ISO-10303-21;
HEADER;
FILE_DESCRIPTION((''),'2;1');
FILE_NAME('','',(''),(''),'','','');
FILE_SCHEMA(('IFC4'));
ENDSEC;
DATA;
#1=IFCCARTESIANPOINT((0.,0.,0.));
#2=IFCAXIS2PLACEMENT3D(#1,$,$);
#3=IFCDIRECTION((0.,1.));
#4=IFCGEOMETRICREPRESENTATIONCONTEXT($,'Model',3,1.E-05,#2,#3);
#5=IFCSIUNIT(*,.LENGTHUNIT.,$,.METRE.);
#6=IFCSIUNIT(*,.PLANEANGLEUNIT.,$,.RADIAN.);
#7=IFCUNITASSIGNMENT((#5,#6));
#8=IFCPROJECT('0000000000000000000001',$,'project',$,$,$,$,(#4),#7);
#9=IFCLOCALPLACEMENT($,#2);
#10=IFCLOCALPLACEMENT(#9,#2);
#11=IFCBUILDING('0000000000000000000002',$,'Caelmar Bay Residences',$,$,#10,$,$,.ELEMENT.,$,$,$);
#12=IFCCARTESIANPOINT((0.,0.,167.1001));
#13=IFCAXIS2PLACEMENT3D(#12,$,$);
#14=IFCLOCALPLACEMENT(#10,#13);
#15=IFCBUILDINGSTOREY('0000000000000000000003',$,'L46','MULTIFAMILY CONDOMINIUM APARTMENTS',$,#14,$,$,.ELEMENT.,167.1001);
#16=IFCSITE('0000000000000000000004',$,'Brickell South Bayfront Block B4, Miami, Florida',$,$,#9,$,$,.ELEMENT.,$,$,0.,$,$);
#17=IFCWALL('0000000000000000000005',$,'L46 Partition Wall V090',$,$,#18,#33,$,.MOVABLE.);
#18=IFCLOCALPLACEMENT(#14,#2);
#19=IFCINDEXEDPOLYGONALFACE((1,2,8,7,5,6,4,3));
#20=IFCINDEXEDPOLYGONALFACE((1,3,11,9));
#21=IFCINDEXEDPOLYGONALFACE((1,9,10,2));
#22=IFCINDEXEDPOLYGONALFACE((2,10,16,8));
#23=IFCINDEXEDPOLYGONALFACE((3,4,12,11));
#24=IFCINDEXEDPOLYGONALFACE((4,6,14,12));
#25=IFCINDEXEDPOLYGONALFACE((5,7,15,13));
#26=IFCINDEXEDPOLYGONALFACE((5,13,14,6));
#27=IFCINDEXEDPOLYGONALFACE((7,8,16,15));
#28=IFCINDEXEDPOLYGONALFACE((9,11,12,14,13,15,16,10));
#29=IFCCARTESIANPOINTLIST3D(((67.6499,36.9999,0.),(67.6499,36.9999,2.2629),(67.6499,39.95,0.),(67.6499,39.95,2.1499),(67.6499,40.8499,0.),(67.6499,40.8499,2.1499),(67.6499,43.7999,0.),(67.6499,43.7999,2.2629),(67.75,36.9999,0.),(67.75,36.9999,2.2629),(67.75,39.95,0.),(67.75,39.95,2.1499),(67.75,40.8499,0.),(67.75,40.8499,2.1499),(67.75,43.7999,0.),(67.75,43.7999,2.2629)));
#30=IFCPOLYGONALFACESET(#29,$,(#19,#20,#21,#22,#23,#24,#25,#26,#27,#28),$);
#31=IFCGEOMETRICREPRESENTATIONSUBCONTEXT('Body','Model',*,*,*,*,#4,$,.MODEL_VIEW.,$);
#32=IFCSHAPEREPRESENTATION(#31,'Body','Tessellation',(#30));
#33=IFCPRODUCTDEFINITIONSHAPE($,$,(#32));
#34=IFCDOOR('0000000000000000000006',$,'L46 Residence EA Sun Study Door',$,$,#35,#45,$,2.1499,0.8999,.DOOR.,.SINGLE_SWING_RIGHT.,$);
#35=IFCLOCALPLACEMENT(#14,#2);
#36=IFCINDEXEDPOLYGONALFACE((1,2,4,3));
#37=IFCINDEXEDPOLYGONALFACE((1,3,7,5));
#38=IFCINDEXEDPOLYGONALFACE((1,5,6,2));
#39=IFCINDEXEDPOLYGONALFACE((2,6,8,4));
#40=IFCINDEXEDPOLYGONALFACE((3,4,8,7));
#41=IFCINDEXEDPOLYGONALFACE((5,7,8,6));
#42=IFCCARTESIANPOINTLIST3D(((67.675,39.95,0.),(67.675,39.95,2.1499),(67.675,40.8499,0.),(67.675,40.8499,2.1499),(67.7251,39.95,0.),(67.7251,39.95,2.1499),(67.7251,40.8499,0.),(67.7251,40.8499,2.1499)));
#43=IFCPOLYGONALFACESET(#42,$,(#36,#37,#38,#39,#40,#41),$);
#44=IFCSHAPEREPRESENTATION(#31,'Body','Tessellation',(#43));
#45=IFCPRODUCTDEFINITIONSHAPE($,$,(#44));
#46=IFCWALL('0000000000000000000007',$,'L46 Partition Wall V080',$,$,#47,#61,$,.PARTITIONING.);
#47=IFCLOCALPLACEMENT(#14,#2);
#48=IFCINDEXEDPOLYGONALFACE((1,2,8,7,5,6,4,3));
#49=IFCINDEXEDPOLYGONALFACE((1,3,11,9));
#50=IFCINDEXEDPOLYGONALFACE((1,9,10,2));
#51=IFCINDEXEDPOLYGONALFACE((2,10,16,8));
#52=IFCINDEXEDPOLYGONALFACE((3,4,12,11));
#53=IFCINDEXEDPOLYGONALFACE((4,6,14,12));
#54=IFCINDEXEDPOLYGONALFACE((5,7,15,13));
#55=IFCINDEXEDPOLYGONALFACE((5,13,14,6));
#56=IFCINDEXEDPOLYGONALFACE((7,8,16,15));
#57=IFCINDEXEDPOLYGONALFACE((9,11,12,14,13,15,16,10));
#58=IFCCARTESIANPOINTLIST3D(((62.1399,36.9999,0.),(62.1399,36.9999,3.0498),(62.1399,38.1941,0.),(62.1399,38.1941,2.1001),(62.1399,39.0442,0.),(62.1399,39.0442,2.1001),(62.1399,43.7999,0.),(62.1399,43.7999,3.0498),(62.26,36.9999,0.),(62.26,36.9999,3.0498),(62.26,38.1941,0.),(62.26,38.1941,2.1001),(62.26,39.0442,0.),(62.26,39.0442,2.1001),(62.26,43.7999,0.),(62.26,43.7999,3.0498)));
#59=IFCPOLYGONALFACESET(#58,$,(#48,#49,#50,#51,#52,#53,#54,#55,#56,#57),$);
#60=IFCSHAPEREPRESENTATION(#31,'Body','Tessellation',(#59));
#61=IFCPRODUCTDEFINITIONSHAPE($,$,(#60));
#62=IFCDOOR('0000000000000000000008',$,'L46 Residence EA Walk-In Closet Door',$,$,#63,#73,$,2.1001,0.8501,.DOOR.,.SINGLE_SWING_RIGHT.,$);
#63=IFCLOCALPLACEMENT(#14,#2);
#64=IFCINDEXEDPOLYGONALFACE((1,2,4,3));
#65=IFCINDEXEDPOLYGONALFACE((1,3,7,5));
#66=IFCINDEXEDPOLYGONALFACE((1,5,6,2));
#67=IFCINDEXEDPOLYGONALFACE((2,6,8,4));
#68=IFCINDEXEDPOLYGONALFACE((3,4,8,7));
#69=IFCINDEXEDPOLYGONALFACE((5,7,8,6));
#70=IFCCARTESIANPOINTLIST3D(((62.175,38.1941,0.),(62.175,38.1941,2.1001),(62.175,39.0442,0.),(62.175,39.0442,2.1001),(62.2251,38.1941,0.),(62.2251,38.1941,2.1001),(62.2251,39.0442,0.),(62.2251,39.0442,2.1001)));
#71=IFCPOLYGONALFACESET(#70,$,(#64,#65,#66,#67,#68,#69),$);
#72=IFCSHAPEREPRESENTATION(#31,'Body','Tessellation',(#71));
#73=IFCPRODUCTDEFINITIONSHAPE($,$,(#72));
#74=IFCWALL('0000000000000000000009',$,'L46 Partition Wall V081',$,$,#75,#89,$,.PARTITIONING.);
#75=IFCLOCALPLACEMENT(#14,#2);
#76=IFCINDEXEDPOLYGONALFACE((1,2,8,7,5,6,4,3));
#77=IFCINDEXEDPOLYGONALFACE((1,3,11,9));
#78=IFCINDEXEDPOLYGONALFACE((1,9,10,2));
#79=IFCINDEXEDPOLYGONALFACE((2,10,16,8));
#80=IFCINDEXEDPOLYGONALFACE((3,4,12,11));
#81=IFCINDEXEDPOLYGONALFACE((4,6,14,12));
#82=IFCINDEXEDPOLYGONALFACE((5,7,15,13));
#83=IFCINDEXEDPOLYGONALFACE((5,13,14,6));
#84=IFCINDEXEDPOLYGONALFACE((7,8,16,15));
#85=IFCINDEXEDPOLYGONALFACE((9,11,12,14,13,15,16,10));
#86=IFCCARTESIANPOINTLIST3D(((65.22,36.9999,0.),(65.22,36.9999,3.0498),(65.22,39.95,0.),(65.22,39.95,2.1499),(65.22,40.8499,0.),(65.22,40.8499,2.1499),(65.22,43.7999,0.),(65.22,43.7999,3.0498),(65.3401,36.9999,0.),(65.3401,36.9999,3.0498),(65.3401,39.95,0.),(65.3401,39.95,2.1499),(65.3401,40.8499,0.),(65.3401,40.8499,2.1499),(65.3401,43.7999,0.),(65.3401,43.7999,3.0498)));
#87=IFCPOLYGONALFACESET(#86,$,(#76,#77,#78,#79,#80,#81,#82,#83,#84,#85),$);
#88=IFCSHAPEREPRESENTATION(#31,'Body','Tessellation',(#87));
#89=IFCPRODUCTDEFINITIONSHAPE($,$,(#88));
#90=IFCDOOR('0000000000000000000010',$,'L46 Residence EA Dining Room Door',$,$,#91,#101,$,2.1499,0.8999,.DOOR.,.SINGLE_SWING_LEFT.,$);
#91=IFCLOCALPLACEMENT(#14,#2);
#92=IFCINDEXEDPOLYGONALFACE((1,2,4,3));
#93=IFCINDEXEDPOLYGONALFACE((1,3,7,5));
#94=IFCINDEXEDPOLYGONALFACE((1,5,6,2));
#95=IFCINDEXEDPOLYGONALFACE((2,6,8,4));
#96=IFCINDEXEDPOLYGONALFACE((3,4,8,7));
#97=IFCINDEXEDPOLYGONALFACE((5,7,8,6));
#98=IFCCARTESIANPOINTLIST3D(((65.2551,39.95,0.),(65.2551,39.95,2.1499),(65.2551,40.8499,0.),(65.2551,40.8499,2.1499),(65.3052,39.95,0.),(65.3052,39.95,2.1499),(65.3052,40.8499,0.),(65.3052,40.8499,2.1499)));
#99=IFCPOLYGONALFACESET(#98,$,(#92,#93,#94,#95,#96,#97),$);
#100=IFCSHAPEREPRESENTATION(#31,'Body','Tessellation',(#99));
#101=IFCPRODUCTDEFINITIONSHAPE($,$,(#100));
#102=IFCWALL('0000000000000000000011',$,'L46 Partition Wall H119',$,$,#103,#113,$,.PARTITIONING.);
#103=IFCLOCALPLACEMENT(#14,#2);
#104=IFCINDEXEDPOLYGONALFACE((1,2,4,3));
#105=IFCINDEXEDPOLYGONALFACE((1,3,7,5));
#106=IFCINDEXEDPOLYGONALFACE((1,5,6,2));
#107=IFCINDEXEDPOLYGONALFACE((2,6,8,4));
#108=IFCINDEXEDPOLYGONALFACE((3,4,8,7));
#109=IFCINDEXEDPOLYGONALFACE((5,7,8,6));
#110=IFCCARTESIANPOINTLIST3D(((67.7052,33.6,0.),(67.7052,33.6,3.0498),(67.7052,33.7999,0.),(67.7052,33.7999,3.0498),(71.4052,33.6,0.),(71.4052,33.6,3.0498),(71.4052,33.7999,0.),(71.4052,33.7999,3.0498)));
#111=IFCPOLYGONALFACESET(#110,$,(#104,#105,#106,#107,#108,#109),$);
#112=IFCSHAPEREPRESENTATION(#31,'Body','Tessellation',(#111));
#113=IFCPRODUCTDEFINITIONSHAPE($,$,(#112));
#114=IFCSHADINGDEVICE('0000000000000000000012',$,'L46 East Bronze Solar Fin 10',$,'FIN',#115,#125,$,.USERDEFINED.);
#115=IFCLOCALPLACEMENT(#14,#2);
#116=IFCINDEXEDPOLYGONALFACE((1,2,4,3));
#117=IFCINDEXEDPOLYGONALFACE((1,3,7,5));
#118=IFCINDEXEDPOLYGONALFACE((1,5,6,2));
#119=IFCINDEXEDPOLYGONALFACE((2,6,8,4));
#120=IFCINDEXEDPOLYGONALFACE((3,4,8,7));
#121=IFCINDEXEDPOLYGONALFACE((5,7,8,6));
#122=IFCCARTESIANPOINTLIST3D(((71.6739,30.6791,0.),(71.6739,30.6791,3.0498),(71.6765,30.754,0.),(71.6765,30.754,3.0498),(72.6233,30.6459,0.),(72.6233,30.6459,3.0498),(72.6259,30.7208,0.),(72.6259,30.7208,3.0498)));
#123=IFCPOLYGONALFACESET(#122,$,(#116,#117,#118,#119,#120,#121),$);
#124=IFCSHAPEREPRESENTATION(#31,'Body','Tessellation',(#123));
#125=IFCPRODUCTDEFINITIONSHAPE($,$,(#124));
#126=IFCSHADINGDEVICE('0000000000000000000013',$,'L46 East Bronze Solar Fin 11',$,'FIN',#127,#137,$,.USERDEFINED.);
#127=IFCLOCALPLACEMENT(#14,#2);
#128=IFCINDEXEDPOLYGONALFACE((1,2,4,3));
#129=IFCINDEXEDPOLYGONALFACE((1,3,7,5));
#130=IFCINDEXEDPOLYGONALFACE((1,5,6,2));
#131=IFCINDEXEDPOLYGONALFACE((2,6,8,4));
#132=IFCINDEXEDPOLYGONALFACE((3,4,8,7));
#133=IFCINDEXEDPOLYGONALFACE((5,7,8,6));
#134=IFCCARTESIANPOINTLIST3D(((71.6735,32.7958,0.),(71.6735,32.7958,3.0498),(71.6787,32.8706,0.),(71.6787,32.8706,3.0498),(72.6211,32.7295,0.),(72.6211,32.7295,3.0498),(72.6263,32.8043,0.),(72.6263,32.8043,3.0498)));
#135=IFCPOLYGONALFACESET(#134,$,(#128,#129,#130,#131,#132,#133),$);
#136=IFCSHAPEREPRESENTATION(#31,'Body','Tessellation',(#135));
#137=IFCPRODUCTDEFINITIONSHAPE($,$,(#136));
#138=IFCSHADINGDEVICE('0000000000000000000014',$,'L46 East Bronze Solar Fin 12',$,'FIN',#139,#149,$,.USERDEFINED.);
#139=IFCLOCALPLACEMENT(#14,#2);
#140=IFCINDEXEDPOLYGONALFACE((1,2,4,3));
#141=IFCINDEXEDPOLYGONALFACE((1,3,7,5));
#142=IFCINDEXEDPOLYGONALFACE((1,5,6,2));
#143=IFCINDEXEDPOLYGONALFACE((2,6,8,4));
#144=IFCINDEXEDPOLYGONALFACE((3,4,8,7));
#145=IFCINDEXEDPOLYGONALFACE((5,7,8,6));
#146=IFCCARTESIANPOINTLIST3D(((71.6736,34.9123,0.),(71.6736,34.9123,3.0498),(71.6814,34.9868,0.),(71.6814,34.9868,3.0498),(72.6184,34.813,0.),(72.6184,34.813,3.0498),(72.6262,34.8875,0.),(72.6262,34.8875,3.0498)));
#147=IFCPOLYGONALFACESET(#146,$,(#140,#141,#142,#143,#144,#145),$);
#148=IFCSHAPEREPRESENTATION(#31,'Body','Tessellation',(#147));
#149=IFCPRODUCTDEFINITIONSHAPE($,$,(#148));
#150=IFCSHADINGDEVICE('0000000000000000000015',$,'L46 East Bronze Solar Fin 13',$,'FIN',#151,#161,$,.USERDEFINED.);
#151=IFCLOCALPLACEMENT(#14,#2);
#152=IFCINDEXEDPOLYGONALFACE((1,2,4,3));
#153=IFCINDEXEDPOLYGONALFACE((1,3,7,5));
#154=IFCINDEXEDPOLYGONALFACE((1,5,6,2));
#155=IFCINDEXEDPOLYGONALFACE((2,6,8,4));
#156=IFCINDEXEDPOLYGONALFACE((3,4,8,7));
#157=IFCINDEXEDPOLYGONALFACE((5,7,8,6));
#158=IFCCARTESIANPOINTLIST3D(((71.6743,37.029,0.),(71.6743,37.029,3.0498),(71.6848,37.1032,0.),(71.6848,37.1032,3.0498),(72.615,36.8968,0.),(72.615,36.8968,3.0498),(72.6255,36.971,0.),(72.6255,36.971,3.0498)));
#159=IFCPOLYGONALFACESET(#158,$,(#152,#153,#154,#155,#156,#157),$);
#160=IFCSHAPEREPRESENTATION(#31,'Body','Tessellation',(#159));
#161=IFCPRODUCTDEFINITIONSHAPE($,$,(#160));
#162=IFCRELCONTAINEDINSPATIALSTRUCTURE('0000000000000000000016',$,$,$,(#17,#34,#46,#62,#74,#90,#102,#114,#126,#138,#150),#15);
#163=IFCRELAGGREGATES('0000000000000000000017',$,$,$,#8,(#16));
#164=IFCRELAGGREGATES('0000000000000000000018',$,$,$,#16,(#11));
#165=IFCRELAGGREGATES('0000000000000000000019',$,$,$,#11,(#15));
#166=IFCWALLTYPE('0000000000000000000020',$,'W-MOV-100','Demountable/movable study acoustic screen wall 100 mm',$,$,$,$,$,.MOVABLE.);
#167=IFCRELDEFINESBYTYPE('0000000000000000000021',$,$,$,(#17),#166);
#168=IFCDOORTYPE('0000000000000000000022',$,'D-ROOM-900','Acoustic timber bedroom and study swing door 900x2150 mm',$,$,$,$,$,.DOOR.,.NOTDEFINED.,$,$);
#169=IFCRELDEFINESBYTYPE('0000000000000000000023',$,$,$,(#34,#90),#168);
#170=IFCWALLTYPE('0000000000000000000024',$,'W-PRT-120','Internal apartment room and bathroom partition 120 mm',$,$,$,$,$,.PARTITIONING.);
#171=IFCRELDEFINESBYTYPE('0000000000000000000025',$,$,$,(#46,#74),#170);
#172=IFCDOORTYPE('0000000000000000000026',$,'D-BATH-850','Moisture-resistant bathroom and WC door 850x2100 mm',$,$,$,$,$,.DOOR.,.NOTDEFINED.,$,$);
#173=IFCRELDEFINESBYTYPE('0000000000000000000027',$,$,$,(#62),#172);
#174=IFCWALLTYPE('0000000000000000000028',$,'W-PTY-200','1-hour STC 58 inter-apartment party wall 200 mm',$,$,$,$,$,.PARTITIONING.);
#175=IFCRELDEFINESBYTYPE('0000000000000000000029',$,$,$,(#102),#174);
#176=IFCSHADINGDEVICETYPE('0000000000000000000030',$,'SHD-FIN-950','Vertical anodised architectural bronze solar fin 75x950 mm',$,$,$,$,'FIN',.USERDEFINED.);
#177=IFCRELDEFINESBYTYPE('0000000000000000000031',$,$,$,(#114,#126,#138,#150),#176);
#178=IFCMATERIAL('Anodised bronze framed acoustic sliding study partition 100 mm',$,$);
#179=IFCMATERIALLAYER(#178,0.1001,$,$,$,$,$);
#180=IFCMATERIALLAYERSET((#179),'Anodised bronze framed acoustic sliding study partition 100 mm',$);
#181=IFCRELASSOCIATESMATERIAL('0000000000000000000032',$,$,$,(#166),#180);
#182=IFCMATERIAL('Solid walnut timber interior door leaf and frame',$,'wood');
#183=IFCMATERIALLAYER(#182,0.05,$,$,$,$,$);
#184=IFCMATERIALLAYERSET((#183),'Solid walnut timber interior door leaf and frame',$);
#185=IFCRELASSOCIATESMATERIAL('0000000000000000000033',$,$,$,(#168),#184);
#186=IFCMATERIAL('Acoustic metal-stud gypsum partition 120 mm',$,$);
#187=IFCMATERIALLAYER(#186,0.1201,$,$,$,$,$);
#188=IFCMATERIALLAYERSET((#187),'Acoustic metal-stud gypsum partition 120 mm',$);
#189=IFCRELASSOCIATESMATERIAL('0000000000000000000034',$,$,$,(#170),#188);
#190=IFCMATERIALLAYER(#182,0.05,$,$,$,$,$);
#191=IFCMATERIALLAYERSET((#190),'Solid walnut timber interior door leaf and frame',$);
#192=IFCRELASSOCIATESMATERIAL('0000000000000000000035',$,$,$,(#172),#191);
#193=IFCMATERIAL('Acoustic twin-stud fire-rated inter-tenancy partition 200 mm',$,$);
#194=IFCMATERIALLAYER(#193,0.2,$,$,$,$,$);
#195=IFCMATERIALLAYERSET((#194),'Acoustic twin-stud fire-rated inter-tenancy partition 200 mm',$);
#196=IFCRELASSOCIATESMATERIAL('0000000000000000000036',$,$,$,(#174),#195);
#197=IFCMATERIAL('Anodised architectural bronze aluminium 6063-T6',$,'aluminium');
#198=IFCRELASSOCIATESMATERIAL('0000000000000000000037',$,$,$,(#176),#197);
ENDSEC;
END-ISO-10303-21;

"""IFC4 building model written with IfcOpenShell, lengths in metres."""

from ifc_helpers import new_model, si_unit, direction, frame, frame_2d, origin, origin_2d, place, context, subcontext, project, spatial, rectangle, extrude, material, layer, layer_set, material_profile, profile_set, type_object, element, fill, save


model = new_model("IFC4")

# Units and contexts
model_context = context("Model", 3, precision=1e-05, world=origin(), true_north=direction((0.0, 1.0)))
body_context = subcontext(model_context, "Body", "Model", "MODEL_VIEW")
ifc_project = project(units=[si_unit("LENGTHUNIT", "METRE"), si_unit("PLANEANGLEUNIT", "RADIAN")], contexts=[model_context])

# Site, building, storey
site_placement = place(None, origin())
site = spatial("IfcSite", under=ifc_project, at=site_placement, Name="Brickell South Bayfront Block B4, Miami, Florida", CompositionType="ELEMENT", RefElevation=0.0)
building_placement = place(site_placement, origin())
building = spatial("IfcBuilding", under=site, at=building_placement, Name="Caelmar Bay Residences", CompositionType="ELEMENT")
storey_placement = place(building_placement, frame((0.0, 0.0, 167.1001)))
storey = spatial("IfcBuildingStorey", under=building, at=storey_placement, Name="L46", Description="MULTIFAMILY CONDOMINIUM APARTMENTS", CompositionType="ELEMENT", Elevation=167.1001)

# Walls, openings, doors
ifc_material_1 = material(Name="Anodised bronze framed acoustic sliding study partition 100 mm")
ifc_layer_1 = layer(ifc_material_1, 0.1001)
ifc_layer_set_1 = layer_set([ifc_layer_1], Name="Anodised bronze framed acoustic sliding study partition 100 mm")
wall_type_1 = type_object("IfcWallType", Name="W-MOV-100", Description="Demountable/movable study acoustic screen wall 100 mm", PredefinedType="MOVABLE", material=ifc_layer_set_1)
wall_1_placement = place(storey_placement, frame((67.7, 37.0, 0.0), z_axis=(0.0, 0.0, 1.0), x_axis=(0.0, 1.0, 0.0)))
wall_1 = element("IfcWall", 1, at=wall_1_placement, inside=storey, type_object=wall_type_1, Name="L46 Partition Wall V090", PredefinedType="MOVABLE", context=body_context, shape_type="SweptSolid", body=[
    extrude(rectangle(XDim=6.8, YDim=0.1001, at=frame_2d((3.3999, 0.0))), origin(), (0.0, 0.0, 1.0), 2.2629),
])
opening_1_placement = place(wall_1_placement, frame((2.95, 0.0, 0.0)))
opening_1 = element("IfcOpeningElement", 2, at=opening_1_placement, cuts=wall_1, PredefinedType="OPENING", context=body_context, shape_type="SweptSolid", body=[
    extrude(rectangle(XDim=0.8999, YDim=2.1499, at=frame_2d((0.45, 1.075))), frame((0.0, 0.0601, 0.0), z_axis=(0.0, -1.0, 0.0), x_axis=(1.0, 0.0, 0.0)), (0.0, 0.0, 1.0), 0.1201),
])
ifc_material_2 = material(Name="Solid walnut timber interior door leaf and frame", Category="wood")
ifc_layer_2 = layer(ifc_material_2, 0.05)
ifc_layer_set_2 = layer_set([ifc_layer_2], Name="Solid walnut timber interior door leaf and frame")
door_type_1 = type_object("IfcDoorType", Name="D-ROOM-900", Description="Acoustic timber bedroom and study swing door 900x2150 mm", OperationType="NOTDEFINED", PredefinedType="DOOR", material=ifc_layer_set_2)
door_1_placement = place(opening_1_placement, origin())
door_1 = element("IfcDoor", 3, at=door_1_placement, inside=storey, type_object=door_type_1, Name="L46 Residence EA Sun Study Door", OperationType="SINGLE_SWING_RIGHT", OverallHeight=2.1499, OverallWidth=0.8999, PredefinedType="DOOR", context=body_context, shape_type="SweptSolid", body=[
    extrude(rectangle(XDim=0.8999, YDim=2.1499, at=frame_2d((0.45, 1.075))), frame((0.0, 0.0249, 0.0), z_axis=(0.0, -1.0, 0.0), x_axis=(1.0, 0.0, 0.0)), (0.0, 0.0, 1.0), 0.05),
])
fill(opening_1, door_1)
ifc_material_3 = material(Name="Acoustic metal-stud gypsum partition 120 mm")
ifc_layer_3 = layer(ifc_material_3, 0.1201)
ifc_layer_set_3 = layer_set([ifc_layer_3], Name="Acoustic metal-stud gypsum partition 120 mm")
wall_type_2 = type_object("IfcWallType", Name="W-PRT-120", Description="Internal apartment room and bathroom partition 120 mm", PredefinedType="PARTITIONING", material=ifc_layer_set_3)
wall_2_placement = place(storey_placement, frame((62.2, 37.0, 0.0), z_axis=(0.0, 0.0, 1.0), x_axis=(0.0, 1.0, 0.0)))
wall_2 = element("IfcWall", 4, at=wall_2_placement, inside=storey, type_object=wall_type_2, Name="L46 Partition Wall V080", PredefinedType="PARTITIONING", context=body_context, shape_type="SweptSolid", body=[
    extrude(rectangle(XDim=6.8, YDim=0.1201, at=frame_2d((3.3999, 0.0))), origin(), (0.0, 0.0, 1.0), 3.0498),
])
opening_2_placement = place(wall_2_placement, frame((1.1941, 0.0, 0.0)))
opening_2 = element("IfcOpeningElement", 5, at=opening_2_placement, cuts=wall_2, PredefinedType="OPENING", context=body_context, shape_type="SweptSolid", body=[
    extrude(rectangle(XDim=0.8501, YDim=2.1001, at=frame_2d((0.425, 1.05))), frame((0.0, 0.0701, 0.0), z_axis=(0.0, -1.0, 0.0), x_axis=(1.0, 0.0, 0.0)), (0.0, 0.0, 1.0), 0.1401),
])
ifc_layer_4 = layer(ifc_material_2, 0.05)
ifc_layer_set_4 = layer_set([ifc_layer_4], Name="Solid walnut timber interior door leaf and frame")
door_type_2 = type_object("IfcDoorType", Name="D-BATH-850", Description="Moisture-resistant bathroom and WC door 850x2100 mm", OperationType="NOTDEFINED", PredefinedType="DOOR", material=ifc_layer_set_4)
door_2_placement = place(opening_2_placement, origin())
door_2 = element("IfcDoor", 6, at=door_2_placement, inside=storey, type_object=door_type_2, Name="L46 Residence EA Walk-In Closet Door", OperationType="SINGLE_SWING_RIGHT", OverallHeight=2.1001, OverallWidth=0.8501, PredefinedType="DOOR", context=body_context, shape_type="SweptSolid", body=[
    extrude(rectangle(XDim=0.8501, YDim=2.1001, at=frame_2d((0.425, 1.05))), frame((0.0, 0.0249, 0.0), z_axis=(0.0, -1.0, 0.0), x_axis=(1.0, 0.0, 0.0)), (0.0, 0.0, 1.0), 0.05),
])
fill(opening_2, door_2)
wall_3_placement = place(storey_placement, frame((65.28, 37.0, 0.0), z_axis=(0.0, 0.0, 1.0), x_axis=(0.0, 1.0, 0.0)))
wall_3 = element("IfcWall", 7, at=wall_3_placement, inside=storey, type_object=wall_type_2, Name="L46 Partition Wall V081", PredefinedType="PARTITIONING", context=body_context, shape_type="SweptSolid", body=[
    extrude(rectangle(XDim=6.8, YDim=0.1201, at=frame_2d((3.3999, 0.0))), origin(), (0.0, 0.0, 1.0), 3.0498),
])
opening_3_placement = place(wall_3_placement, frame((2.95, 0.0, 0.0)))
opening_3 = element("IfcOpeningElement", 8, at=opening_3_placement, cuts=wall_3, PredefinedType="OPENING", context=body_context, shape_type="SweptSolid", body=[
    extrude(rectangle(XDim=0.8999, YDim=2.1499, at=frame_2d((0.45, 1.075))), frame((0.0, 0.0701, 0.0), z_axis=(0.0, -1.0, 0.0), x_axis=(1.0, 0.0, 0.0)), (0.0, 0.0, 1.0), 0.1401),
])
door_3_placement = place(opening_3_placement, origin())
door_3 = element("IfcDoor", 9, at=door_3_placement, inside=storey, type_object=door_type_1, Name="L46 Residence EA Dining Room Door", OperationType="SINGLE_SWING_LEFT", OverallHeight=2.1499, OverallWidth=0.8999, PredefinedType="DOOR", context=body_context, shape_type="SweptSolid", body=[
    extrude(rectangle(XDim=0.8999, YDim=2.1499, at=frame_2d((0.45, 1.075))), frame((0.0, 0.0249, 0.0), z_axis=(0.0, -1.0, 0.0), x_axis=(1.0, 0.0, 0.0)), (0.0, 0.0, 1.0), 0.05),
])
fill(opening_3, door_3)

# Wall
ifc_material_4 = material(Name="Acoustic twin-stud fire-rated inter-tenancy partition 200 mm")
ifc_layer_5 = layer(ifc_material_4, 0.2)
ifc_layer_set_5 = layer_set([ifc_layer_5], Name="Acoustic twin-stud fire-rated inter-tenancy partition 200 mm")
wall_type_3 = type_object("IfcWallType", Name="W-PTY-200", Description="1-hour STC 58 inter-apartment party wall 200 mm", PredefinedType="PARTITIONING", material=ifc_layer_set_5)
wall_4_placement = place(storey_placement, frame((67.7051, 33.7, 0.0), z_axis=(0.0, 0.0, 1.0), x_axis=(1.0, 0.0, 0.0)))
element("IfcWall", 10, at=wall_4_placement, inside=storey, type_object=wall_type_3, Name="L46 Partition Wall H119", PredefinedType="PARTITIONING", context=body_context, shape_type="SweptSolid", body=[
    extrude(rectangle(XDim=3.7, YDim=0.2, at=frame_2d((1.8501, 0.0))), origin(), (0.0, 0.0, 1.0), 3.0498),
])

# Shading devices
ifc_material_5 = material(Name="Anodised architectural bronze aluminium 6063-T6", Category="aluminium")
ifc_material_profile_1 = material_profile(ifc_material_5, rectangle(XDim=0.075, YDim=0.95, at=origin_2d()), Name="BRONZE-FIN-75X950")
ifc_profile_set_1 = profile_set([ifc_material_profile_1], Name="Anodised architectural bronze aluminium 6063-T6")
shading_device_type = type_object("IfcShadingDeviceType", Name="SHD-FIN-950", Description="Vertical anodised architectural bronze solar fin 75x950 mm", ElementType="FIN", PredefinedType="USERDEFINED", material=ifc_profile_set_1)
for number, where, z_axis, x_axis, name in (
    (11, (72.1499, 30.7, 0.0), (0.0, 0.0, 1.0), (0.034899, 0.999391, 0.0), "L46 East Bronze Solar Fin 10"),
    (12, (72.1499, 32.8, 0.0), (0.0, 0.0, 1.0), (0.069756, 0.997564, 0.0), "L46 East Bronze Solar Fin 11"),
    (13, (72.1499, 34.8999, 0.0), (0.0, 0.0, 1.0), (0.104528, 0.994522, 0.0), "L46 East Bronze Solar Fin 12"),
    (14, (72.1499, 37.0, 0.0), (0.0, 0.0, 1.0), (0.139173, 0.990268, 0.0), "L46 East Bronze Solar Fin 13"),
):
    element("IfcShadingDevice", number, at=place(storey_placement, frame(where, z_axis=z_axis, x_axis=x_axis)), inside=storey, type_object=shading_device_type, Name=name, ObjectType="FIN", PredefinedType="USERDEFINED", context=body_context, shape_type="SweptSolid", body=[
        extrude(rectangle(XDim=0.075, YDim=0.95, at=origin_2d()), origin(), (0.0, 0.0, 1.0), 3.0498),
    ])

save(model, "model.ifc")
